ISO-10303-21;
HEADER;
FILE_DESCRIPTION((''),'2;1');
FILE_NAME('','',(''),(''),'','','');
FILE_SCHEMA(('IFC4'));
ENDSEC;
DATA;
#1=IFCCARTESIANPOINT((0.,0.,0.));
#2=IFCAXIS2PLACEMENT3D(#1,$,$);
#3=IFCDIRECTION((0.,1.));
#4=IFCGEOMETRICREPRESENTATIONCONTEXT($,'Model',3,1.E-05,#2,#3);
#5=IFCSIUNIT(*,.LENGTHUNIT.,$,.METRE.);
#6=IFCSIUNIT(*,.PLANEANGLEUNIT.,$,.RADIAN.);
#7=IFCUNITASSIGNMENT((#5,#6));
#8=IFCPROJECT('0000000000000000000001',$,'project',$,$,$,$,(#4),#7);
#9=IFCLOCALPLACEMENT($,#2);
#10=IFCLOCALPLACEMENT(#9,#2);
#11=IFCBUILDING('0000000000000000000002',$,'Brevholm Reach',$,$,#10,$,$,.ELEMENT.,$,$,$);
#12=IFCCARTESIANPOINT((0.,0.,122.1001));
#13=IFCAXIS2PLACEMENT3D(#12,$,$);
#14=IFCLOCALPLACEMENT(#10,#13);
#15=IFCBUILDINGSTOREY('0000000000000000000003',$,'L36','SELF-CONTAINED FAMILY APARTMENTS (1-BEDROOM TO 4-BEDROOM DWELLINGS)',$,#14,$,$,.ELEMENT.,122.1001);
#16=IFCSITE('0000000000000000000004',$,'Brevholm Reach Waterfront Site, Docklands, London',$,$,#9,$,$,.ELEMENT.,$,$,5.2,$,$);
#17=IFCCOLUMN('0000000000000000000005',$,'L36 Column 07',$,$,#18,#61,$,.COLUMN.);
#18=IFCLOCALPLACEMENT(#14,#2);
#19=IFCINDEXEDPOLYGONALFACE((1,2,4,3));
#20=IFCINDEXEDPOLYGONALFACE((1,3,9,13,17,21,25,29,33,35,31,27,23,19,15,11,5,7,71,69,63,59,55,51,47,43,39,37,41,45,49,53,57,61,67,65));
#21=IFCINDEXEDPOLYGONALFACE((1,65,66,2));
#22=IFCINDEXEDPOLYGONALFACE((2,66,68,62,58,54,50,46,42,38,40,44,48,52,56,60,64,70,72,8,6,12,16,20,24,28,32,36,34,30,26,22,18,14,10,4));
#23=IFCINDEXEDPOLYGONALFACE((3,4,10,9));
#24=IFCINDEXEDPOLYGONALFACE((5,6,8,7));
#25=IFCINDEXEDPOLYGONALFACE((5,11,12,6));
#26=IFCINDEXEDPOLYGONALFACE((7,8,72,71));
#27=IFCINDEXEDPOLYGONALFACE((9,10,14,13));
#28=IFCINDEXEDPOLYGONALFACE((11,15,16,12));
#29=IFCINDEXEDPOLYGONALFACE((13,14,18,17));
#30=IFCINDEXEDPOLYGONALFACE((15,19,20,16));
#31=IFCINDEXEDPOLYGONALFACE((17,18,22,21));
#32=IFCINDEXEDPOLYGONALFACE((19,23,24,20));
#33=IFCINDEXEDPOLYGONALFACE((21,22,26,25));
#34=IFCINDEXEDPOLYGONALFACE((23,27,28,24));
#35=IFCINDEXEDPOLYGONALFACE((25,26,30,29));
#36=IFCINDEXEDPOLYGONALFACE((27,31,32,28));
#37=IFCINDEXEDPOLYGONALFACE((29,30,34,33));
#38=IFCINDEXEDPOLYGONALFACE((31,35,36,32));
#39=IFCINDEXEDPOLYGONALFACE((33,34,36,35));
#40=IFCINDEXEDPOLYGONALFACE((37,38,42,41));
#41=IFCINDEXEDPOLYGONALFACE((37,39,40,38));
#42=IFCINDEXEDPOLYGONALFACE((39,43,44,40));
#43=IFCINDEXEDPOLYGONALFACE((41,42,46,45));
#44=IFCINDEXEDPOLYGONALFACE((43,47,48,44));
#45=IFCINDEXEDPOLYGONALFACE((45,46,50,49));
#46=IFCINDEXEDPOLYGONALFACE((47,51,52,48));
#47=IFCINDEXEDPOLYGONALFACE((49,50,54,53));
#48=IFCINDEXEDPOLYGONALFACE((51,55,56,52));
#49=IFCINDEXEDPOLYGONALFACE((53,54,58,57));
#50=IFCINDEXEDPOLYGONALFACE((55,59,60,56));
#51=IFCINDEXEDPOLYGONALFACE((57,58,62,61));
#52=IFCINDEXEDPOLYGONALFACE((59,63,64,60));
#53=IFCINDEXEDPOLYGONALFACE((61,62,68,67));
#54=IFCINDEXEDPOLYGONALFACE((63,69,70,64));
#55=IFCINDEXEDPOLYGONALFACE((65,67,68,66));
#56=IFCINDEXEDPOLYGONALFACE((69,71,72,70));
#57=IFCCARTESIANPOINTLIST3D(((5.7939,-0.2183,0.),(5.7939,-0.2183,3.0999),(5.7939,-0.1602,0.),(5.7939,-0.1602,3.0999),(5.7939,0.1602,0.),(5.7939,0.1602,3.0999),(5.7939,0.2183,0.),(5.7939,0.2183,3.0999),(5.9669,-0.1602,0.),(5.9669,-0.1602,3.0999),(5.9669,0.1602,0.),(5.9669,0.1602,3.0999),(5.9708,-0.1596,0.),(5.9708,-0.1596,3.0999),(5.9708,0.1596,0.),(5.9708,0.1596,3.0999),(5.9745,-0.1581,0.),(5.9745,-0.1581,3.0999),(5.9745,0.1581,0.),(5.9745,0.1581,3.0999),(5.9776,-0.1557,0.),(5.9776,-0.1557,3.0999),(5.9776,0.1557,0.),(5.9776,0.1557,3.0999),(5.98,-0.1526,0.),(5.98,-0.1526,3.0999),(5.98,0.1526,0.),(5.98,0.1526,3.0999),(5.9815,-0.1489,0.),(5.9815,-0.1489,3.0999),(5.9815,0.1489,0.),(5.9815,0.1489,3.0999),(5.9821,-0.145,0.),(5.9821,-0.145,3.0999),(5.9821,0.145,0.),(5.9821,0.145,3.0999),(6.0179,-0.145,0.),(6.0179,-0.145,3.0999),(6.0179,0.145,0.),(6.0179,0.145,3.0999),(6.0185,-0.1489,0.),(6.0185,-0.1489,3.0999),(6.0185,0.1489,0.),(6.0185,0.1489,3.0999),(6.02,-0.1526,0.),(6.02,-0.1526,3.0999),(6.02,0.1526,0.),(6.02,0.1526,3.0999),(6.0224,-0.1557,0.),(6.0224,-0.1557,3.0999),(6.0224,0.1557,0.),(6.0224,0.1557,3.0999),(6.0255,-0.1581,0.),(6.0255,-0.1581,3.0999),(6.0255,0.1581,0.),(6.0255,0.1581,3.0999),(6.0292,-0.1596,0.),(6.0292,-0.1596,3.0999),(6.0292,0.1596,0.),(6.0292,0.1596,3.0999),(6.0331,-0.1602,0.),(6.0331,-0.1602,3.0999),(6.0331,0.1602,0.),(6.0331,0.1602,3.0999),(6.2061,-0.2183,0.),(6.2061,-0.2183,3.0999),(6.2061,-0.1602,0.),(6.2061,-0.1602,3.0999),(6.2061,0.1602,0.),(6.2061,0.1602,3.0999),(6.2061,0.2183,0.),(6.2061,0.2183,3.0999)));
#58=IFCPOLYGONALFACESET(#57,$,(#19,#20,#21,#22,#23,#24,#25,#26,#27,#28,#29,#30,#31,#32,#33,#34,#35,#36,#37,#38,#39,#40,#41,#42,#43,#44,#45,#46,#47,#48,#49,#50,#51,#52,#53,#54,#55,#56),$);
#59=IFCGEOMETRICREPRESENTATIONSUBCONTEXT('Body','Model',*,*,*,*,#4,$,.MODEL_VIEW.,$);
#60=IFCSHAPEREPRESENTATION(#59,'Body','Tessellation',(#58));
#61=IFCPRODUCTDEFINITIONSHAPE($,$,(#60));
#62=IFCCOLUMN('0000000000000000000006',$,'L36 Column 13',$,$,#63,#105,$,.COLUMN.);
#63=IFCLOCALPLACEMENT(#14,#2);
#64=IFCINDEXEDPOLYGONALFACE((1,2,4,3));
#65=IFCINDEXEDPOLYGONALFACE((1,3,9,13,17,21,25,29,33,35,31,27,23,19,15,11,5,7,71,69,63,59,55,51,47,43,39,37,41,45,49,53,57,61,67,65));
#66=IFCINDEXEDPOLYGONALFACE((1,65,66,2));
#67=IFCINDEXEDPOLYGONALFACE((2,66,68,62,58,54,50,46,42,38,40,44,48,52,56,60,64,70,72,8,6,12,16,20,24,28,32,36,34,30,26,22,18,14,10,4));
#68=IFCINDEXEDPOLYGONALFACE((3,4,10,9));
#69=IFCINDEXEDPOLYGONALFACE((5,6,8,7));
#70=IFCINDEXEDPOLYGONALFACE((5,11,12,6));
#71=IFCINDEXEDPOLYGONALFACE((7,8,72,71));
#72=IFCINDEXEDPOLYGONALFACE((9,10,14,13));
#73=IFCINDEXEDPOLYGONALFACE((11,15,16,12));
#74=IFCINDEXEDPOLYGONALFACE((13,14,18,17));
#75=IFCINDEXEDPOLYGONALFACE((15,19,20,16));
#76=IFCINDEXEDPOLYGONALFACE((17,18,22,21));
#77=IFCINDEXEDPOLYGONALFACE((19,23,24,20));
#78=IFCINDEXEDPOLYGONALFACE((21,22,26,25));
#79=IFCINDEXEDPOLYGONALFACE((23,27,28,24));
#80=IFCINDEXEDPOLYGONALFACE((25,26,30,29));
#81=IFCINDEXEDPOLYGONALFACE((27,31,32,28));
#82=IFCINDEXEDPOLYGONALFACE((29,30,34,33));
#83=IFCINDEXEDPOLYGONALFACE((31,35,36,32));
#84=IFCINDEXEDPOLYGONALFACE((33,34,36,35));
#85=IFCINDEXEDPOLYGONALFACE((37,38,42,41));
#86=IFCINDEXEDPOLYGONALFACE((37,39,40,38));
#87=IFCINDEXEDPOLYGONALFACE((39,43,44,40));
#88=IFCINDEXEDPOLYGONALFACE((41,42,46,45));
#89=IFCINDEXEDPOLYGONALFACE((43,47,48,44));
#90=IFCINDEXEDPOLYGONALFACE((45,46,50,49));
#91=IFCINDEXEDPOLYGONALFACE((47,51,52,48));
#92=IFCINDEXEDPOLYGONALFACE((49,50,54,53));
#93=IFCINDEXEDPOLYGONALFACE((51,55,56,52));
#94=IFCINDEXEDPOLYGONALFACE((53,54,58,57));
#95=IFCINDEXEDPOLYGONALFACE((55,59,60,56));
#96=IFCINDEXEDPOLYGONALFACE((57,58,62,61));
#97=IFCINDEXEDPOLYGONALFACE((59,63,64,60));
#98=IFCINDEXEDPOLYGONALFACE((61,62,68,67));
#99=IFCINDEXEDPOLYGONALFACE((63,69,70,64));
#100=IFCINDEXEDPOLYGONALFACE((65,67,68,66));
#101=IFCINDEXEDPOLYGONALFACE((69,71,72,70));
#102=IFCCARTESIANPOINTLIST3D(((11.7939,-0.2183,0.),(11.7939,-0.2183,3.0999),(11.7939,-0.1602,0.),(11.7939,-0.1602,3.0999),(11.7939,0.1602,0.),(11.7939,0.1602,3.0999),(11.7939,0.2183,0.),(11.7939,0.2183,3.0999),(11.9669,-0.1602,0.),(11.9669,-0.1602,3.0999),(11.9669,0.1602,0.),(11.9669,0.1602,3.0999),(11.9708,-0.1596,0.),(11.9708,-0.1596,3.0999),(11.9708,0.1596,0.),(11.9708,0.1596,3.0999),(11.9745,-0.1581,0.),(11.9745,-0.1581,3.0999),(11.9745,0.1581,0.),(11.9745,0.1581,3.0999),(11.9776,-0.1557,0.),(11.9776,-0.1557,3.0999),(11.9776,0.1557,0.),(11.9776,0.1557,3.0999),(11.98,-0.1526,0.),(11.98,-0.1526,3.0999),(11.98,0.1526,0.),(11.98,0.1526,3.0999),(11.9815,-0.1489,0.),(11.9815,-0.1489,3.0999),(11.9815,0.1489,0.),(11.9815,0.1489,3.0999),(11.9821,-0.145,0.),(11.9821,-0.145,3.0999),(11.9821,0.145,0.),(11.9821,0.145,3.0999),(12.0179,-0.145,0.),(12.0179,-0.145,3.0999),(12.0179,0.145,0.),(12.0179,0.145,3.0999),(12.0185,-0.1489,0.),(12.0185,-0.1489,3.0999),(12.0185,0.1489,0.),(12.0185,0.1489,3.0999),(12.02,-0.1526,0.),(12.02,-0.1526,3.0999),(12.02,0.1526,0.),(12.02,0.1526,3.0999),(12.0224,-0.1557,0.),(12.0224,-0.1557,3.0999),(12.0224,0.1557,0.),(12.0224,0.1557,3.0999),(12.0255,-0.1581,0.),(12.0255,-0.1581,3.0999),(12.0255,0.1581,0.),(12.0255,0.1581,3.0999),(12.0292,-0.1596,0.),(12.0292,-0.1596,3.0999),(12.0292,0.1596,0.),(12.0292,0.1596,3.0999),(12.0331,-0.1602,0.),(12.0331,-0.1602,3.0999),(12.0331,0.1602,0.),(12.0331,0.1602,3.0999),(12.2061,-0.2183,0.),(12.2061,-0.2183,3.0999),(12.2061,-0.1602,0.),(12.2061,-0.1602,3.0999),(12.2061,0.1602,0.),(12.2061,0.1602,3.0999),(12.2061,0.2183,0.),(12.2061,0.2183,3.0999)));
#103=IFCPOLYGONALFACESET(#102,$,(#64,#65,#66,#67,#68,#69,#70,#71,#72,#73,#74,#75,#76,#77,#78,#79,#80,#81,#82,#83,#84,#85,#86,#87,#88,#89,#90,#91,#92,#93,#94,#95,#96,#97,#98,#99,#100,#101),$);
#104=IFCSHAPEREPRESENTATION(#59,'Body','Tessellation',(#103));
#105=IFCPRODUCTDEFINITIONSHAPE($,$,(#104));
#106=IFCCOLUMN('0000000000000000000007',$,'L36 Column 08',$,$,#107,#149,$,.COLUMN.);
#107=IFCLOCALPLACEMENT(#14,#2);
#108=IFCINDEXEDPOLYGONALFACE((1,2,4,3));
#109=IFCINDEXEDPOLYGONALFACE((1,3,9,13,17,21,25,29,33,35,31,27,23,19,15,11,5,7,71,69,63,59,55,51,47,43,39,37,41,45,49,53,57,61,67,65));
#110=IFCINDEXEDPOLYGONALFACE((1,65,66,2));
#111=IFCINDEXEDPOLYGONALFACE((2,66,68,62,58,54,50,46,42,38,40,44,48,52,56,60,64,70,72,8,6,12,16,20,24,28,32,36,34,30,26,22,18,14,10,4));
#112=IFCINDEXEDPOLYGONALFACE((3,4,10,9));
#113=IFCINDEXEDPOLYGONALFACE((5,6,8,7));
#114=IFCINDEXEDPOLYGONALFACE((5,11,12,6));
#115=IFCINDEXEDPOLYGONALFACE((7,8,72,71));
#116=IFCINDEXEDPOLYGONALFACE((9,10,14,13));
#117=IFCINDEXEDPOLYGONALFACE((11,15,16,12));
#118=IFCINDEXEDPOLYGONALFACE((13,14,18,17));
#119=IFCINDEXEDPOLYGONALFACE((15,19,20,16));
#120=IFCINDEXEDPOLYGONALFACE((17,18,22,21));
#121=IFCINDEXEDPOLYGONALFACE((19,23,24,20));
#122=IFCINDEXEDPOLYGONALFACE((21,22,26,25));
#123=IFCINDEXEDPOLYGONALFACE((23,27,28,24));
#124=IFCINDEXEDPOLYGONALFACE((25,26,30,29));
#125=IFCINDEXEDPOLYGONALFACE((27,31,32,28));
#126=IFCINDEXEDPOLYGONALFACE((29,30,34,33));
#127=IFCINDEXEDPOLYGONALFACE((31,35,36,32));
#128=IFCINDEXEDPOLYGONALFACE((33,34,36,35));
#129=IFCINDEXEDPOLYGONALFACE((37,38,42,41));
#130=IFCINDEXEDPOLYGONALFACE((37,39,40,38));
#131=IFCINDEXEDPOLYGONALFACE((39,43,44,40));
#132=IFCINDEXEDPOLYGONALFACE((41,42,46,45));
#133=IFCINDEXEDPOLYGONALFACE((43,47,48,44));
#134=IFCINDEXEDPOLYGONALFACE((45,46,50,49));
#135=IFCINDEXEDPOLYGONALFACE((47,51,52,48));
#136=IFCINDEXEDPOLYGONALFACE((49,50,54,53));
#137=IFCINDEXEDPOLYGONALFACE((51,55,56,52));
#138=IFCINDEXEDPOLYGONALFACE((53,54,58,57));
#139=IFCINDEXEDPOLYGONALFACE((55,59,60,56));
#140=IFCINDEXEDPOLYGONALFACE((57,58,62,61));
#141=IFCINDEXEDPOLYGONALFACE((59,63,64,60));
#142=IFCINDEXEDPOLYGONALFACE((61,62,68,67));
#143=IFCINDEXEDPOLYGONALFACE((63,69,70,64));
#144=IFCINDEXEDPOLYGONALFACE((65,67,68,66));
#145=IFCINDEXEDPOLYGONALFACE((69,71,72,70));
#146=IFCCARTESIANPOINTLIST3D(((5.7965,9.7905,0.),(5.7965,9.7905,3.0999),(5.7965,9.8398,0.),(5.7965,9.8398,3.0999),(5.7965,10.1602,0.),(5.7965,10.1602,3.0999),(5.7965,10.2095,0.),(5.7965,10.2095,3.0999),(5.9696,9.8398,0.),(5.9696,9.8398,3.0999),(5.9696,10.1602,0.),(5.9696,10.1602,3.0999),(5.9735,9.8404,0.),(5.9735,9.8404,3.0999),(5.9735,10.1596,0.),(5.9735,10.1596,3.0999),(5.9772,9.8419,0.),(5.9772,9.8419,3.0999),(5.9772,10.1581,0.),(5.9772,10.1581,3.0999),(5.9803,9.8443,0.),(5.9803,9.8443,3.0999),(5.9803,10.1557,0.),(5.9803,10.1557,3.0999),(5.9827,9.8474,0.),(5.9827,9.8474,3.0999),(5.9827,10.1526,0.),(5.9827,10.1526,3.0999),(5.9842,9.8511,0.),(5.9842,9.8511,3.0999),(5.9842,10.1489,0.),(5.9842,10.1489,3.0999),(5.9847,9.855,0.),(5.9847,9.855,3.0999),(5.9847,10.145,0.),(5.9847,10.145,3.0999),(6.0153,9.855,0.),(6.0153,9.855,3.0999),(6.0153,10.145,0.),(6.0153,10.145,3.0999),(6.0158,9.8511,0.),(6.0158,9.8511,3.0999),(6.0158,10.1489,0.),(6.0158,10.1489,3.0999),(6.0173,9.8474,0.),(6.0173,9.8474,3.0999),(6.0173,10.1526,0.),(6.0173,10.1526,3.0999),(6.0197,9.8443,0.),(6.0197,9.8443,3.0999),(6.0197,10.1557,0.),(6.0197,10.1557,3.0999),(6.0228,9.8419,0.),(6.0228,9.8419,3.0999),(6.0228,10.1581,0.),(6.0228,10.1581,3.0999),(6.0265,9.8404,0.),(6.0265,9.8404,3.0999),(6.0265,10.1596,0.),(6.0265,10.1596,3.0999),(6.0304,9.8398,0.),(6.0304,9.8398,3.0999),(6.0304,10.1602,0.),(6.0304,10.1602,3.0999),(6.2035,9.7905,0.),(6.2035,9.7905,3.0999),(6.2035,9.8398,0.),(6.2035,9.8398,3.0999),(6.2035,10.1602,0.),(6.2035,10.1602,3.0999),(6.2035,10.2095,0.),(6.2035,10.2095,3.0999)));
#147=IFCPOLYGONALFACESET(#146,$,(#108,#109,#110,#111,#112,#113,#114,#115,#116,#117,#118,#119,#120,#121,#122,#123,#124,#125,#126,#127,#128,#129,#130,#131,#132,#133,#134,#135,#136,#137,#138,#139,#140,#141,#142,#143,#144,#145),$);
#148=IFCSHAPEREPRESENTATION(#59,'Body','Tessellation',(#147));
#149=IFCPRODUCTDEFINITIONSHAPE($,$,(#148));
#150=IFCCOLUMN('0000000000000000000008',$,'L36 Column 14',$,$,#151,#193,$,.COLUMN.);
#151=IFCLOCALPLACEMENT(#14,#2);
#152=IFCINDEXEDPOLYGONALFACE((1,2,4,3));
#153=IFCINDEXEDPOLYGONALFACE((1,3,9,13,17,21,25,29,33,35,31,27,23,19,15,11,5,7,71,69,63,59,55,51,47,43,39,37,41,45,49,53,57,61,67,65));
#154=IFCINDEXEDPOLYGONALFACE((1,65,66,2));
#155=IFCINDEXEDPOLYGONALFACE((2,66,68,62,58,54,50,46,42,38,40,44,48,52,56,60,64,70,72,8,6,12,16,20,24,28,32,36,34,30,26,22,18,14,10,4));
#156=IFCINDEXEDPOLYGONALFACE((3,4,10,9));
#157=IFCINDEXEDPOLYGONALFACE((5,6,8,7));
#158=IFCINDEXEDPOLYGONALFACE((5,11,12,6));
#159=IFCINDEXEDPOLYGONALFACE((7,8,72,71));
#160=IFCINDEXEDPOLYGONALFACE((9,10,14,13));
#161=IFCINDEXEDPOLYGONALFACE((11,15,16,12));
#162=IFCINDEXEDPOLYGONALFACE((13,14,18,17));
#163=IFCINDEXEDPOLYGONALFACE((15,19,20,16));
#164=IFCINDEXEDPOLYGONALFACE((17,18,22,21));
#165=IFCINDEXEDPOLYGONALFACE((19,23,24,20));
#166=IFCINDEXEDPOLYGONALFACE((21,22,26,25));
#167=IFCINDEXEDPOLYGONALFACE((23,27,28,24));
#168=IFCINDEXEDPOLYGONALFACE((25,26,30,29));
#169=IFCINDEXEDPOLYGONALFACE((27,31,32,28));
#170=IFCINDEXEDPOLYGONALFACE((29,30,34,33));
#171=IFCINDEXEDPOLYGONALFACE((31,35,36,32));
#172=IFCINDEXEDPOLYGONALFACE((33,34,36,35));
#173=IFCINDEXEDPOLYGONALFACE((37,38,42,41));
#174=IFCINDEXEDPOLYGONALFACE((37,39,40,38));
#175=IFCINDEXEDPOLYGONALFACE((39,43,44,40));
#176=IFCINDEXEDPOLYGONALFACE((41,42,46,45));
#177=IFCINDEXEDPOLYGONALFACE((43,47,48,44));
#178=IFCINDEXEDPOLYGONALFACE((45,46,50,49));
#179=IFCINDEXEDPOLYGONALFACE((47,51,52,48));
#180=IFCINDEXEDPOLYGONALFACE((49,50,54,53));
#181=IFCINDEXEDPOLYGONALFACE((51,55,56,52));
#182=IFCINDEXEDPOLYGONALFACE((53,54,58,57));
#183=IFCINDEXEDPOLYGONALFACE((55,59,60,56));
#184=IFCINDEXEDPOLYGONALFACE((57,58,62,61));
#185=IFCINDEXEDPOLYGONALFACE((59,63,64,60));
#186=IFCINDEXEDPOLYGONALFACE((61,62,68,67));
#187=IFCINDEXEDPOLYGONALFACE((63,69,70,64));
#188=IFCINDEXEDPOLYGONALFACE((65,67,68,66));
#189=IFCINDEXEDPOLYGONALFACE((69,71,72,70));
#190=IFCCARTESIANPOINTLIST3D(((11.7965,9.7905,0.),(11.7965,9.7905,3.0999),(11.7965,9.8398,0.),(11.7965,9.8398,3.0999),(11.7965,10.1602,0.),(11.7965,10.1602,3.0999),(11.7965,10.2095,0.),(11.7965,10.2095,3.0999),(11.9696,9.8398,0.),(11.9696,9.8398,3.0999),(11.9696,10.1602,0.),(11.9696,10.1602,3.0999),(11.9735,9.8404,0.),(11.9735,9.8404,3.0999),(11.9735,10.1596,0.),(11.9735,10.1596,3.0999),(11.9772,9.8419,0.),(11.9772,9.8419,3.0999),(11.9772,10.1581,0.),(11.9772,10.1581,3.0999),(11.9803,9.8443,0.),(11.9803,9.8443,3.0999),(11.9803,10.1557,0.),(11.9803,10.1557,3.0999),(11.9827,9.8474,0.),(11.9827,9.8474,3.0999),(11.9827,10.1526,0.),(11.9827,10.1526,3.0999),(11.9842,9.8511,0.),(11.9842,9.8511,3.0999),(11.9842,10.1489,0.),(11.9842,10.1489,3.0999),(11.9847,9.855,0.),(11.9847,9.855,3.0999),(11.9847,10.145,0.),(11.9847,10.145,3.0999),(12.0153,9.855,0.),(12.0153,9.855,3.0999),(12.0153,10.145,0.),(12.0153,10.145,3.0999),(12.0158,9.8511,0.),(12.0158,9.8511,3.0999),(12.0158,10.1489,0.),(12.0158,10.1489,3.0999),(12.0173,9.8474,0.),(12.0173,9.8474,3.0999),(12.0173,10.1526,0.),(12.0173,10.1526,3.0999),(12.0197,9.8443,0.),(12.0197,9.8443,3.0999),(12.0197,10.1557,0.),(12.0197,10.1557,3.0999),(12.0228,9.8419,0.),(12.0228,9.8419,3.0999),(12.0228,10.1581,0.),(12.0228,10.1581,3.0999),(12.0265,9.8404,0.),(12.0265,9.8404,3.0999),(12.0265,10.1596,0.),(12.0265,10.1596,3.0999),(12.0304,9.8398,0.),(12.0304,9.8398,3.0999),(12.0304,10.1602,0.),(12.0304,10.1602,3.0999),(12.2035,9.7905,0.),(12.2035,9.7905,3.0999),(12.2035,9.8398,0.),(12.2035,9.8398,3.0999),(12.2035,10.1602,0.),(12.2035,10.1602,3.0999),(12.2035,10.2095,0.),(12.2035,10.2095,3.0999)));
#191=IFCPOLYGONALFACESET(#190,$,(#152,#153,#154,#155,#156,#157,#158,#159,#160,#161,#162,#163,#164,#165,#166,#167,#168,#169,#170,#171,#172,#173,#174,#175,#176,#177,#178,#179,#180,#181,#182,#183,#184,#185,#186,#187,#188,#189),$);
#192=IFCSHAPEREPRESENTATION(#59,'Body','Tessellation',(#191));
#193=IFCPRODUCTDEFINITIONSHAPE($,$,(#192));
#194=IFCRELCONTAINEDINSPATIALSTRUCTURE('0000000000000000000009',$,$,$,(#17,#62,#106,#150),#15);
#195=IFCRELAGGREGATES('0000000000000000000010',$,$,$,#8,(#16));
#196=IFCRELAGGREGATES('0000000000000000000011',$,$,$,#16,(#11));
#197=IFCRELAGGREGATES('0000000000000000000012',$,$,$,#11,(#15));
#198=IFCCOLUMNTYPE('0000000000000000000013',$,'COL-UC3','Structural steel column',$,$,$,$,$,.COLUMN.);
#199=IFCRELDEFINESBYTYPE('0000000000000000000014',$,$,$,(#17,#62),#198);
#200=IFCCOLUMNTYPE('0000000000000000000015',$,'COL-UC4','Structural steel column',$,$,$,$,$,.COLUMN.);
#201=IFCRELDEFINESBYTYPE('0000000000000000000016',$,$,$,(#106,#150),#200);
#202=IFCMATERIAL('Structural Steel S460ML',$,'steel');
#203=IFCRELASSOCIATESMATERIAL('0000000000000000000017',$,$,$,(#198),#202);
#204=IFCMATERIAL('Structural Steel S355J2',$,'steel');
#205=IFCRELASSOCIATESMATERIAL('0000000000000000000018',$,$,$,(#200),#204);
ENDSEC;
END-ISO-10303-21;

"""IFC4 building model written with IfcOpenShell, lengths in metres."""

from ifc_helpers import new_model, si_unit, direction, frame, origin, origin_2d, place, context, subcontext, project, spatial, i_section, extrude, material, material_profile, profile_set, type_object, element, save


model = new_model("IFC4")

# Units and contexts
model_context = context("Model", 3, precision=1e-05, world=origin(), true_north=direction((0.0, 1.0)))
body_context = subcontext(model_context, "Body", "Model", "MODEL_VIEW")
ifc_project = project(units=[si_unit("LENGTHUNIT", "METRE"), si_unit("PLANEANGLEUNIT", "RADIAN")], contexts=[model_context])

# Site, building, storey
site_placement = place(None, origin())
site = spatial("IfcSite", under=ifc_project, at=site_placement, Name="Brevholm Reach Waterfront Site, Docklands, London", CompositionType="ELEMENT", RefElevation=5.2)
building_placement = place(site_placement, origin())
building = spatial("IfcBuilding", under=site, at=building_placement, Name="Brevholm Reach", CompositionType="ELEMENT")
storey_placement = place(building_placement, frame((0.0, 0.0, 122.1001)))
storey = spatial("IfcBuildingStorey", under=building, at=storey_placement, Name="L36", Description="SELF-CONTAINED FAMILY APARTMENTS (1-BEDROOM TO 4-BEDROOM DWELLINGS)", CompositionType="ELEMENT", Elevation=122.1001)

# Columns
ifc_material_1 = material(Name="Structural Steel S460ML", Category="steel")
ifc_material_profile_1 = material_profile(ifc_material_1, i_section(OverallWidth=0.4121, OverallDepth=0.4365, WebThickness=0.0359, FlangeThickness=0.0581, FilletRadius=0.0151, at=origin_2d()), Name="UKC 356x406x467")
ifc_profile_set_1 = profile_set([ifc_material_profile_1], Name="Structural Steel S460ML")
column_type_1 = type_object("IfcColumnType", Name="COL-UC3", Description="Structural steel column", PredefinedType="COLUMN", material=ifc_profile_set_1)
for number, where, z_axis, x_axis, name in (
    (1, (6.0, 0.0, 0.0), (0.0, 0.0, 1.0), (1.0, 0.0, 0.0), "L36 Column 07"),
    (2, (12.0, 0.0, 0.0), (0.0, 0.0, 1.0), (1.0, 0.0, 0.0), "L36 Column 13"),
):
    element("IfcColumn", number, at=place(storey_placement, frame(where, z_axis=z_axis, x_axis=x_axis)), inside=storey, type_object=column_type_1, Name=name, PredefinedType="COLUMN", context=body_context, shape_type="SweptSolid", body=[
        extrude(i_section(OverallWidth=0.4121, OverallDepth=0.4365, WebThickness=0.0359, FlangeThickness=0.0581, FilletRadius=0.0151, at=origin_2d()), origin(), (0.0, 0.0, 1.0), 3.0999),
    ])
ifc_material_2 = material(Name="Structural Steel S355J2", Category="steel")
ifc_material_profile_2 = material_profile(ifc_material_2, i_section(OverallWidth=0.407, OverallDepth=0.4189, WebThickness=0.0305, FlangeThickness=0.0493, FilletRadius=0.0151, at=origin_2d()), Name="UKC 356x406x393")
ifc_profile_set_2 = profile_set([ifc_material_profile_2], Name="Structural Steel S355J2")
column_type_2 = type_object("IfcColumnType", Name="COL-UC4", Description="Structural steel column", PredefinedType="COLUMN", material=ifc_profile_set_2)
for number, where, z_axis, x_axis, name in (
    (3, (6.0, 10.0, 0.0), (0.0, 0.0, 1.0), (1.0, 0.0, 0.0), "L36 Column 08"),
    (4, (12.0, 10.0, 0.0), (0.0, 0.0, 1.0), (1.0, 0.0, 0.0), "L36 Column 14"),
):
    element("IfcColumn", number, at=place(storey_placement, frame(where, z_axis=z_axis, x_axis=x_axis)), inside=storey, type_object=column_type_2, Name=name, PredefinedType="COLUMN", context=body_context, shape_type="SweptSolid", body=[
        extrude(i_section(OverallWidth=0.407, OverallDepth=0.4189, WebThickness=0.0305, FlangeThickness=0.0493, FilletRadius=0.0151, at=origin_2d()), origin(), (0.0, 0.0, 1.0), 3.0999),
    ])

save(model, "model.ifc")
